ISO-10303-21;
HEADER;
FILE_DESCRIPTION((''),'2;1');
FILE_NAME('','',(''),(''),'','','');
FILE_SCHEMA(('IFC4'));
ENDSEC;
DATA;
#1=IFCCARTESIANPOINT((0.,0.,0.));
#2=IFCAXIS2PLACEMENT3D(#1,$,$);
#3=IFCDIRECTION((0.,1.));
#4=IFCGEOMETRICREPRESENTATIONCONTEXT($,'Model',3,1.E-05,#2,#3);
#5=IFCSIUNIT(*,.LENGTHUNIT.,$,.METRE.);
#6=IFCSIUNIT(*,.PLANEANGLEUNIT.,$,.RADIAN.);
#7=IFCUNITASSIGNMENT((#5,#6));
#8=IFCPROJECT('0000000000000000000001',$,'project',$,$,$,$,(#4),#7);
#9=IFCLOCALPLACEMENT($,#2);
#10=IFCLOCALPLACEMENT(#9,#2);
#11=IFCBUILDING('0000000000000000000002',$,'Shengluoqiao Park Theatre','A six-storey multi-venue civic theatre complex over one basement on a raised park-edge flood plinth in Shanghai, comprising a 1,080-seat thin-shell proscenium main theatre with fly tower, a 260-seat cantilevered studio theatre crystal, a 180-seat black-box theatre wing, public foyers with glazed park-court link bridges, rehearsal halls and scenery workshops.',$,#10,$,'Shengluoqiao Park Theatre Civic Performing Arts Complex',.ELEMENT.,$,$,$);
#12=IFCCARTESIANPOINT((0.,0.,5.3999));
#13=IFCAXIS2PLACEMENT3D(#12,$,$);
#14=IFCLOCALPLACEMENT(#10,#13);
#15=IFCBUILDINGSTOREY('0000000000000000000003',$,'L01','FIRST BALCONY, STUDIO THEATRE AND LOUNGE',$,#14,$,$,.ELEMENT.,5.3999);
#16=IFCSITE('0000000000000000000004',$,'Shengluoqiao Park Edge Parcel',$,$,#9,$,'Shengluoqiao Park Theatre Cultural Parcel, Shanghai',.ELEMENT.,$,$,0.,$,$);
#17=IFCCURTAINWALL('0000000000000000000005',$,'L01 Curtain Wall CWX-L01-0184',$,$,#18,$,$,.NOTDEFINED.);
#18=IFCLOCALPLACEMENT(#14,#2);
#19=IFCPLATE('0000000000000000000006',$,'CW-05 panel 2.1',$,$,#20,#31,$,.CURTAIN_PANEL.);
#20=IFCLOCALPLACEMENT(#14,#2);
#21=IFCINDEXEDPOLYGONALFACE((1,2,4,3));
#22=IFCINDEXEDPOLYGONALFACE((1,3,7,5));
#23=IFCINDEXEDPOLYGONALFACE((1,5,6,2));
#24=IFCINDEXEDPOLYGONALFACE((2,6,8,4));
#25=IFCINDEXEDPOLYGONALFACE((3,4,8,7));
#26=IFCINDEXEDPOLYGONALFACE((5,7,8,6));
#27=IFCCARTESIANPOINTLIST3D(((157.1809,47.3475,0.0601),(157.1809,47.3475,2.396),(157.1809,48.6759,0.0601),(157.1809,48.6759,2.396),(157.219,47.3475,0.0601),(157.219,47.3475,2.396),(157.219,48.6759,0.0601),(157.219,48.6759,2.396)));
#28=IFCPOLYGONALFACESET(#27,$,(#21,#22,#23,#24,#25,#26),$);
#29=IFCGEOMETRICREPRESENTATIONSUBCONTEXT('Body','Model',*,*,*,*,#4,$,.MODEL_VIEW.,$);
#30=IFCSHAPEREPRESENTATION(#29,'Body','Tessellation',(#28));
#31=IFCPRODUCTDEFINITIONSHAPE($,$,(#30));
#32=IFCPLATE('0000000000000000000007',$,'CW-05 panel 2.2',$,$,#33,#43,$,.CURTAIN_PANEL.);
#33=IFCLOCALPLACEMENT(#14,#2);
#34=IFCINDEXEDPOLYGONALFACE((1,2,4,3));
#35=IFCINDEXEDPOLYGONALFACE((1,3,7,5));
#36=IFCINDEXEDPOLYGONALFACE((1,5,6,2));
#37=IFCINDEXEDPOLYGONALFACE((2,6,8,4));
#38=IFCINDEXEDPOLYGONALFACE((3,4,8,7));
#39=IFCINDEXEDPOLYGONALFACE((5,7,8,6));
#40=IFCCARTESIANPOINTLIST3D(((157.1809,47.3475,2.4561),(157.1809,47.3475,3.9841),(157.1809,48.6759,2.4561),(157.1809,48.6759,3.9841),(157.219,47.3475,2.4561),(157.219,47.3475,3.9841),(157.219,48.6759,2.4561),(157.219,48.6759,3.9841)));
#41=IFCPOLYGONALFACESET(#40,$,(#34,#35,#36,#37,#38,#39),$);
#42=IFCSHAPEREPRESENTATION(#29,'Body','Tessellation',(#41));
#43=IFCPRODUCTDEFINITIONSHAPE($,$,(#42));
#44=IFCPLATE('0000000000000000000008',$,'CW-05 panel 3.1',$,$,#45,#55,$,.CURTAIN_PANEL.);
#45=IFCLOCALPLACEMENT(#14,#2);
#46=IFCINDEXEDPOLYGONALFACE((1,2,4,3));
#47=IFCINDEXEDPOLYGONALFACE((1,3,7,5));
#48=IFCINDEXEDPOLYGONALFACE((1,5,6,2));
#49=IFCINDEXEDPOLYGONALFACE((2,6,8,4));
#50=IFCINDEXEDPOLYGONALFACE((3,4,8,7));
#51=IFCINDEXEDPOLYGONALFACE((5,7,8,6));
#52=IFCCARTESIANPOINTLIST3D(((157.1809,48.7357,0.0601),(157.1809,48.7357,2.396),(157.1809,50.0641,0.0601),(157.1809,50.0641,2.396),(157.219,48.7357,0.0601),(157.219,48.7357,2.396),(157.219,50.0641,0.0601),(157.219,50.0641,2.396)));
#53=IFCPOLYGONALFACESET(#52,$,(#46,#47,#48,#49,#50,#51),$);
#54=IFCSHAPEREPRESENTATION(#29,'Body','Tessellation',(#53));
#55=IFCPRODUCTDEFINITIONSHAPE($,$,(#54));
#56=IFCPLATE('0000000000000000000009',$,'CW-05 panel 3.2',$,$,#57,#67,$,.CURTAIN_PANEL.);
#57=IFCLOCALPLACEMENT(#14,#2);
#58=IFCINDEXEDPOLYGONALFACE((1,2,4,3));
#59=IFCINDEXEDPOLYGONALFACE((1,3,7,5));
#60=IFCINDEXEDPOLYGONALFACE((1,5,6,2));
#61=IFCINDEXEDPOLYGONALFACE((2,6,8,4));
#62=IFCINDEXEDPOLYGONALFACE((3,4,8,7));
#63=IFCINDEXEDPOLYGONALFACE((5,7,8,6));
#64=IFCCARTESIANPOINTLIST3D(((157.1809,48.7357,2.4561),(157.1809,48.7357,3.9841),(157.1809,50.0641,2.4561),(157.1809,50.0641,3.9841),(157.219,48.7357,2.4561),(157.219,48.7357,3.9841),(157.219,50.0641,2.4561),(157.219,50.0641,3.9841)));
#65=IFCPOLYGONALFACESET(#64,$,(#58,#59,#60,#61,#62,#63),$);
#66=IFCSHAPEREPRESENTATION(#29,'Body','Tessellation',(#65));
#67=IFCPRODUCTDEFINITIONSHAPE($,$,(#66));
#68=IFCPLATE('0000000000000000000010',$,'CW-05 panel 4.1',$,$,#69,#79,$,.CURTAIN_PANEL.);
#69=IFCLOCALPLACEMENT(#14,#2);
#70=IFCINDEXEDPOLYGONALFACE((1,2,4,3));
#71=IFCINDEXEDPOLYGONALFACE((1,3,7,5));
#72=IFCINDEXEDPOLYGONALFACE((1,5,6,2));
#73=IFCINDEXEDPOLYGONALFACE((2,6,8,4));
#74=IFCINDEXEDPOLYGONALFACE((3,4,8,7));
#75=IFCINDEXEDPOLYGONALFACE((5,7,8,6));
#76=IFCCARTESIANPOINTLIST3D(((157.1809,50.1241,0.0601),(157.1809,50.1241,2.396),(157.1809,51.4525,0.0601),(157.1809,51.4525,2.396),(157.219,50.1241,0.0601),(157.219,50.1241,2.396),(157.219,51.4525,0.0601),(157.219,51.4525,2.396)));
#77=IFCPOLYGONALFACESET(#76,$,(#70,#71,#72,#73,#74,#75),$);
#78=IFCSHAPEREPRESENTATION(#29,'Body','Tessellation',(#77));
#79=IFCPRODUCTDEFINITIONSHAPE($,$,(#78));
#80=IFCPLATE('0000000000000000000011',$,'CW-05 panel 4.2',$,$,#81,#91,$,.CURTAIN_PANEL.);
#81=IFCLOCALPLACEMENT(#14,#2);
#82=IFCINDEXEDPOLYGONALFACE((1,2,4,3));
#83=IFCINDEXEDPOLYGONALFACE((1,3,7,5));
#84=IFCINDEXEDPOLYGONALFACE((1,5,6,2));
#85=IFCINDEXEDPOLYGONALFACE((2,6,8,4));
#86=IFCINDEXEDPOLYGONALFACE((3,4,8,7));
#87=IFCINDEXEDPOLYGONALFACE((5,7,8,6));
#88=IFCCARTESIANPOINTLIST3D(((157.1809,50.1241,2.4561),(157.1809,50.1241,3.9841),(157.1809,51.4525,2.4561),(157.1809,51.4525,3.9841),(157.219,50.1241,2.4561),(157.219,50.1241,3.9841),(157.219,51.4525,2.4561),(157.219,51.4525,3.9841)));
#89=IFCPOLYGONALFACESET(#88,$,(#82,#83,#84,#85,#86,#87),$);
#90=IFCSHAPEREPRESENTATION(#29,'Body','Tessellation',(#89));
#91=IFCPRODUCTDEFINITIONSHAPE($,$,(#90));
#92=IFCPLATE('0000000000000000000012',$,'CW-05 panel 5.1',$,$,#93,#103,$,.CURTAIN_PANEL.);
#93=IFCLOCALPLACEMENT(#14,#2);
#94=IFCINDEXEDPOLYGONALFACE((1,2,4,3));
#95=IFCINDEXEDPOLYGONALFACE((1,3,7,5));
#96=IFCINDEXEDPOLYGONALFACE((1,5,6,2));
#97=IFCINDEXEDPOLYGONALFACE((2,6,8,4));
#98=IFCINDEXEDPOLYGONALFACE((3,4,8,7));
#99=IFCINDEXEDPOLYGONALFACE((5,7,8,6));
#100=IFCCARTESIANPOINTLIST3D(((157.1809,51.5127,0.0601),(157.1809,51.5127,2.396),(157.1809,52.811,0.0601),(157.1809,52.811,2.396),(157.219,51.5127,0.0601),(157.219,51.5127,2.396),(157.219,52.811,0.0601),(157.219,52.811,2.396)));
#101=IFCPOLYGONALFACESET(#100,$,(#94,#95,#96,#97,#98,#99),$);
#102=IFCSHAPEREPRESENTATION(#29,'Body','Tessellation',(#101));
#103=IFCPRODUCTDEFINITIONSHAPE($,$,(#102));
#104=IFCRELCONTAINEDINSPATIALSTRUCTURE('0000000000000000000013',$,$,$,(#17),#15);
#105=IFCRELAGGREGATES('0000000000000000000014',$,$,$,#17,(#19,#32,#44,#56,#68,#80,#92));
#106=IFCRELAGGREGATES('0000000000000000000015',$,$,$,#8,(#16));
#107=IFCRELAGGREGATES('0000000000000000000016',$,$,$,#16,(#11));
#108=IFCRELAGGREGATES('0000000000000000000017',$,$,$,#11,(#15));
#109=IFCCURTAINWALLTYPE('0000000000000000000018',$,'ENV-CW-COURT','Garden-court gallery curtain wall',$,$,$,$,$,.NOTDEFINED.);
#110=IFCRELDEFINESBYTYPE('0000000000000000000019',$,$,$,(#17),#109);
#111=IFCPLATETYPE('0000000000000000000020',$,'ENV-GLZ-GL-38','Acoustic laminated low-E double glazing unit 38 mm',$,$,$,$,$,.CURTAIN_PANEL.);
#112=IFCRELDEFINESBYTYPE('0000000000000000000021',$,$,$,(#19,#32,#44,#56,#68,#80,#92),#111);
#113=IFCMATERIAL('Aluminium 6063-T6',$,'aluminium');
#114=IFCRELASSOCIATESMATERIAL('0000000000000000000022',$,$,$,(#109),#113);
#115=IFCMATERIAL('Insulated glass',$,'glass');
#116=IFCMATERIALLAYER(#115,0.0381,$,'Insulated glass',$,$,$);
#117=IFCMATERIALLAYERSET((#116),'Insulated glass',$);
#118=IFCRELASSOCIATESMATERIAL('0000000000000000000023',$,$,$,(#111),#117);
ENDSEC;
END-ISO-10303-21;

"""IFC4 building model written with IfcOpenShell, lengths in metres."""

from ifc_helpers import new_model, si_unit, direction, frame, origin, origin_2d, place, context, subcontext, project, spatial, rectangle, extrude, material, layer, layer_set, type_object, element, aggregate, save


model = new_model("IFC4")

# Units and contexts
model_context = context("Model", 3, precision=1e-05, world=origin(), true_north=direction((0.0, 1.0)))
body_context = subcontext(model_context, "Body", "Model", "MODEL_VIEW")
ifc_project = project(units=[si_unit("LENGTHUNIT", "METRE"), si_unit("PLANEANGLEUNIT", "RADIAN")], contexts=[model_context])

# Site, building, storey
site_placement = place(None, origin())
site = spatial("IfcSite", under=ifc_project, at=site_placement, Name="Shengluoqiao Park Edge Parcel", LongName="Shengluoqiao Park Theatre Cultural Parcel, Shanghai", CompositionType="ELEMENT", RefElevation=0.0)
building_placement = place(site_placement, origin())
building = spatial("IfcBuilding", under=site, at=building_placement, Name="Shengluoqiao Park Theatre", Description="A six-storey multi-venue civic theatre complex over one basement on a raised park-edge flood plinth in Shanghai, comprising a 1,080-seat thin-shell proscenium main theatre with fly tower, a 260-seat cantilevered studio theatre crystal, a 180-seat black-box theatre wing, public foyers with glazed park-court link bridges, rehearsal halls and scenery workshops.", LongName="Shengluoqiao Park Theatre Civic Performing Arts Complex", CompositionType="ELEMENT")
storey_placement = place(building_placement, frame((0.0, 0.0, 5.3999)))
storey = spatial("IfcBuildingStorey", under=building, at=storey_placement, Name="L01", Description="FIRST BALCONY, STUDIO THEATRE AND LOUNGE", CompositionType="ELEMENT", Elevation=5.3999)

# Shared definitions
ifc_material_1 = material(Name="Aluminium 6063-T6", Category="aluminium")

# Curtain wall
curtain_wall_type_1 = type_object("IfcCurtainWallType", Name="ENV-CW-COURT", Description="Garden-court gallery curtain wall", PredefinedType="NOTDEFINED", material=ifc_material_1)
curtain_wall_1_placement = place(storey_placement, origin())
curtain_wall_1 = element("IfcCurtainWall", 1, at=curtain_wall_1_placement, inside=storey, type_object=curtain_wall_type_1, Name="L01 Curtain Wall CWX-L01-0184", PredefinedType="NOTDEFINED")

# Plates
ifc_material_2 = material(Name="Insulated glass", Category="glass")
ifc_layer = layer(ifc_material_2, 0.0381, Name="Insulated glass")
ifc_layer_set = layer_set([ifc_layer], Name="Insulated glass")
plate_type = type_object("IfcPlateType", Name="ENV-GLZ-GL-38", Description="Acoustic laminated low-E double glazing unit 38 mm", PredefinedType="CURTAIN_PANEL", material=ifc_layer_set)
plate_1_placement = place(storey_placement, frame((157.2, 48.0117, 0.0601), z_axis=(0.0, 0.0, 1.0), x_axis=(0.0, 1.0, 0.0)))
plate_1 = element("IfcPlate", 2, at=plate_1_placement, type_object=plate_type, Name="CW-05 panel 2.1", PredefinedType="CURTAIN_PANEL", context=body_context, shape_type="SweptSolid", body=[
    extrude(rectangle(XDim=1.3284, YDim=0.0381, at=origin_2d()), origin(), (0.0, 0.0, 1.0), 2.3359),
])
plate_2_placement = place(storey_placement, frame((157.2, 48.0117, 2.4561), z_axis=(0.0, 0.0, 1.0), x_axis=(0.0, 1.0, 0.0)))
plate_2 = element("IfcPlate", 3, at=plate_2_placement, type_object=plate_type, Name="CW-05 panel 2.2", PredefinedType="CURTAIN_PANEL", context=body_context, shape_type="SweptSolid", body=[
    extrude(rectangle(XDim=1.3284, YDim=0.0381, at=origin_2d()), origin(), (0.0, 0.0, 1.0), 1.5281),
])
plate_3_placement = place(storey_placement, frame((157.2, 49.3999, 0.0601), z_axis=(0.0, 0.0, 1.0), x_axis=(0.0, 1.0, 0.0)))
plate_3 = element("IfcPlate", 4, at=plate_3_placement, type_object=plate_type, Name="CW-05 panel 3.1", PredefinedType="CURTAIN_PANEL", context=body_context, shape_type="SweptSolid", body=[
    extrude(rectangle(XDim=1.3284, YDim=0.0381, at=origin_2d()), origin(), (0.0, 0.0, 1.0), 2.3359),
])
plate_4_placement = place(storey_placement, frame((157.2, 49.3999, 2.4561), z_axis=(0.0, 0.0, 1.0), x_axis=(0.0, 1.0, 0.0)))
plate_4 = element("IfcPlate", 5, at=plate_4_placement, type_object=plate_type, Name="CW-05 panel 3.2", PredefinedType="CURTAIN_PANEL", context=body_context, shape_type="SweptSolid", body=[
    extrude(rectangle(XDim=1.3284, YDim=0.0381, at=origin_2d()), origin(), (0.0, 0.0, 1.0), 1.5281),
])
plate_5_placement = place(storey_placement, frame((157.2, 50.7883, 0.0601), z_axis=(0.0, 0.0, 1.0), x_axis=(0.0, 1.0, 0.0)))
plate_5 = element("IfcPlate", 6, at=plate_5_placement, type_object=plate_type, Name="CW-05 panel 4.1", PredefinedType="CURTAIN_PANEL", context=body_context, shape_type="SweptSolid", body=[
    extrude(rectangle(XDim=1.3284, YDim=0.0381, at=origin_2d()), origin(), (0.0, 0.0, 1.0), 2.3359),
])
plate_6_placement = place(storey_placement, frame((157.2, 50.7883, 2.4561), z_axis=(0.0, 0.0, 1.0), x_axis=(0.0, 1.0, 0.0)))
plate_6 = element("IfcPlate", 7, at=plate_6_placement, type_object=plate_type, Name="CW-05 panel 4.2", PredefinedType="CURTAIN_PANEL", context=body_context, shape_type="SweptSolid", body=[
    extrude(rectangle(XDim=1.3284, YDim=0.0381, at=origin_2d()), origin(), (0.0, 0.0, 1.0), 1.5281),
])
plate_7_placement = place(storey_placement, frame((157.2, 52.1619, 0.0601), z_axis=(0.0, 0.0, 1.0), x_axis=(0.0, 1.0, 0.0)))
plate_7 = element("IfcPlate", 8, at=plate_7_placement, type_object=plate_type, Name="CW-05 panel 5.1", PredefinedType="CURTAIN_PANEL", context=body_context, shape_type="SweptSolid", body=[
    extrude(rectangle(XDim=1.2983, YDim=0.0381, at=origin_2d()), origin(), (0.0, 0.0, 1.0), 2.3359),
])
aggregate(curtain_wall_1, [plate_1, plate_2, plate_3, plate_4, plate_5, plate_6, plate_7])

save(model, "model.ifc")
